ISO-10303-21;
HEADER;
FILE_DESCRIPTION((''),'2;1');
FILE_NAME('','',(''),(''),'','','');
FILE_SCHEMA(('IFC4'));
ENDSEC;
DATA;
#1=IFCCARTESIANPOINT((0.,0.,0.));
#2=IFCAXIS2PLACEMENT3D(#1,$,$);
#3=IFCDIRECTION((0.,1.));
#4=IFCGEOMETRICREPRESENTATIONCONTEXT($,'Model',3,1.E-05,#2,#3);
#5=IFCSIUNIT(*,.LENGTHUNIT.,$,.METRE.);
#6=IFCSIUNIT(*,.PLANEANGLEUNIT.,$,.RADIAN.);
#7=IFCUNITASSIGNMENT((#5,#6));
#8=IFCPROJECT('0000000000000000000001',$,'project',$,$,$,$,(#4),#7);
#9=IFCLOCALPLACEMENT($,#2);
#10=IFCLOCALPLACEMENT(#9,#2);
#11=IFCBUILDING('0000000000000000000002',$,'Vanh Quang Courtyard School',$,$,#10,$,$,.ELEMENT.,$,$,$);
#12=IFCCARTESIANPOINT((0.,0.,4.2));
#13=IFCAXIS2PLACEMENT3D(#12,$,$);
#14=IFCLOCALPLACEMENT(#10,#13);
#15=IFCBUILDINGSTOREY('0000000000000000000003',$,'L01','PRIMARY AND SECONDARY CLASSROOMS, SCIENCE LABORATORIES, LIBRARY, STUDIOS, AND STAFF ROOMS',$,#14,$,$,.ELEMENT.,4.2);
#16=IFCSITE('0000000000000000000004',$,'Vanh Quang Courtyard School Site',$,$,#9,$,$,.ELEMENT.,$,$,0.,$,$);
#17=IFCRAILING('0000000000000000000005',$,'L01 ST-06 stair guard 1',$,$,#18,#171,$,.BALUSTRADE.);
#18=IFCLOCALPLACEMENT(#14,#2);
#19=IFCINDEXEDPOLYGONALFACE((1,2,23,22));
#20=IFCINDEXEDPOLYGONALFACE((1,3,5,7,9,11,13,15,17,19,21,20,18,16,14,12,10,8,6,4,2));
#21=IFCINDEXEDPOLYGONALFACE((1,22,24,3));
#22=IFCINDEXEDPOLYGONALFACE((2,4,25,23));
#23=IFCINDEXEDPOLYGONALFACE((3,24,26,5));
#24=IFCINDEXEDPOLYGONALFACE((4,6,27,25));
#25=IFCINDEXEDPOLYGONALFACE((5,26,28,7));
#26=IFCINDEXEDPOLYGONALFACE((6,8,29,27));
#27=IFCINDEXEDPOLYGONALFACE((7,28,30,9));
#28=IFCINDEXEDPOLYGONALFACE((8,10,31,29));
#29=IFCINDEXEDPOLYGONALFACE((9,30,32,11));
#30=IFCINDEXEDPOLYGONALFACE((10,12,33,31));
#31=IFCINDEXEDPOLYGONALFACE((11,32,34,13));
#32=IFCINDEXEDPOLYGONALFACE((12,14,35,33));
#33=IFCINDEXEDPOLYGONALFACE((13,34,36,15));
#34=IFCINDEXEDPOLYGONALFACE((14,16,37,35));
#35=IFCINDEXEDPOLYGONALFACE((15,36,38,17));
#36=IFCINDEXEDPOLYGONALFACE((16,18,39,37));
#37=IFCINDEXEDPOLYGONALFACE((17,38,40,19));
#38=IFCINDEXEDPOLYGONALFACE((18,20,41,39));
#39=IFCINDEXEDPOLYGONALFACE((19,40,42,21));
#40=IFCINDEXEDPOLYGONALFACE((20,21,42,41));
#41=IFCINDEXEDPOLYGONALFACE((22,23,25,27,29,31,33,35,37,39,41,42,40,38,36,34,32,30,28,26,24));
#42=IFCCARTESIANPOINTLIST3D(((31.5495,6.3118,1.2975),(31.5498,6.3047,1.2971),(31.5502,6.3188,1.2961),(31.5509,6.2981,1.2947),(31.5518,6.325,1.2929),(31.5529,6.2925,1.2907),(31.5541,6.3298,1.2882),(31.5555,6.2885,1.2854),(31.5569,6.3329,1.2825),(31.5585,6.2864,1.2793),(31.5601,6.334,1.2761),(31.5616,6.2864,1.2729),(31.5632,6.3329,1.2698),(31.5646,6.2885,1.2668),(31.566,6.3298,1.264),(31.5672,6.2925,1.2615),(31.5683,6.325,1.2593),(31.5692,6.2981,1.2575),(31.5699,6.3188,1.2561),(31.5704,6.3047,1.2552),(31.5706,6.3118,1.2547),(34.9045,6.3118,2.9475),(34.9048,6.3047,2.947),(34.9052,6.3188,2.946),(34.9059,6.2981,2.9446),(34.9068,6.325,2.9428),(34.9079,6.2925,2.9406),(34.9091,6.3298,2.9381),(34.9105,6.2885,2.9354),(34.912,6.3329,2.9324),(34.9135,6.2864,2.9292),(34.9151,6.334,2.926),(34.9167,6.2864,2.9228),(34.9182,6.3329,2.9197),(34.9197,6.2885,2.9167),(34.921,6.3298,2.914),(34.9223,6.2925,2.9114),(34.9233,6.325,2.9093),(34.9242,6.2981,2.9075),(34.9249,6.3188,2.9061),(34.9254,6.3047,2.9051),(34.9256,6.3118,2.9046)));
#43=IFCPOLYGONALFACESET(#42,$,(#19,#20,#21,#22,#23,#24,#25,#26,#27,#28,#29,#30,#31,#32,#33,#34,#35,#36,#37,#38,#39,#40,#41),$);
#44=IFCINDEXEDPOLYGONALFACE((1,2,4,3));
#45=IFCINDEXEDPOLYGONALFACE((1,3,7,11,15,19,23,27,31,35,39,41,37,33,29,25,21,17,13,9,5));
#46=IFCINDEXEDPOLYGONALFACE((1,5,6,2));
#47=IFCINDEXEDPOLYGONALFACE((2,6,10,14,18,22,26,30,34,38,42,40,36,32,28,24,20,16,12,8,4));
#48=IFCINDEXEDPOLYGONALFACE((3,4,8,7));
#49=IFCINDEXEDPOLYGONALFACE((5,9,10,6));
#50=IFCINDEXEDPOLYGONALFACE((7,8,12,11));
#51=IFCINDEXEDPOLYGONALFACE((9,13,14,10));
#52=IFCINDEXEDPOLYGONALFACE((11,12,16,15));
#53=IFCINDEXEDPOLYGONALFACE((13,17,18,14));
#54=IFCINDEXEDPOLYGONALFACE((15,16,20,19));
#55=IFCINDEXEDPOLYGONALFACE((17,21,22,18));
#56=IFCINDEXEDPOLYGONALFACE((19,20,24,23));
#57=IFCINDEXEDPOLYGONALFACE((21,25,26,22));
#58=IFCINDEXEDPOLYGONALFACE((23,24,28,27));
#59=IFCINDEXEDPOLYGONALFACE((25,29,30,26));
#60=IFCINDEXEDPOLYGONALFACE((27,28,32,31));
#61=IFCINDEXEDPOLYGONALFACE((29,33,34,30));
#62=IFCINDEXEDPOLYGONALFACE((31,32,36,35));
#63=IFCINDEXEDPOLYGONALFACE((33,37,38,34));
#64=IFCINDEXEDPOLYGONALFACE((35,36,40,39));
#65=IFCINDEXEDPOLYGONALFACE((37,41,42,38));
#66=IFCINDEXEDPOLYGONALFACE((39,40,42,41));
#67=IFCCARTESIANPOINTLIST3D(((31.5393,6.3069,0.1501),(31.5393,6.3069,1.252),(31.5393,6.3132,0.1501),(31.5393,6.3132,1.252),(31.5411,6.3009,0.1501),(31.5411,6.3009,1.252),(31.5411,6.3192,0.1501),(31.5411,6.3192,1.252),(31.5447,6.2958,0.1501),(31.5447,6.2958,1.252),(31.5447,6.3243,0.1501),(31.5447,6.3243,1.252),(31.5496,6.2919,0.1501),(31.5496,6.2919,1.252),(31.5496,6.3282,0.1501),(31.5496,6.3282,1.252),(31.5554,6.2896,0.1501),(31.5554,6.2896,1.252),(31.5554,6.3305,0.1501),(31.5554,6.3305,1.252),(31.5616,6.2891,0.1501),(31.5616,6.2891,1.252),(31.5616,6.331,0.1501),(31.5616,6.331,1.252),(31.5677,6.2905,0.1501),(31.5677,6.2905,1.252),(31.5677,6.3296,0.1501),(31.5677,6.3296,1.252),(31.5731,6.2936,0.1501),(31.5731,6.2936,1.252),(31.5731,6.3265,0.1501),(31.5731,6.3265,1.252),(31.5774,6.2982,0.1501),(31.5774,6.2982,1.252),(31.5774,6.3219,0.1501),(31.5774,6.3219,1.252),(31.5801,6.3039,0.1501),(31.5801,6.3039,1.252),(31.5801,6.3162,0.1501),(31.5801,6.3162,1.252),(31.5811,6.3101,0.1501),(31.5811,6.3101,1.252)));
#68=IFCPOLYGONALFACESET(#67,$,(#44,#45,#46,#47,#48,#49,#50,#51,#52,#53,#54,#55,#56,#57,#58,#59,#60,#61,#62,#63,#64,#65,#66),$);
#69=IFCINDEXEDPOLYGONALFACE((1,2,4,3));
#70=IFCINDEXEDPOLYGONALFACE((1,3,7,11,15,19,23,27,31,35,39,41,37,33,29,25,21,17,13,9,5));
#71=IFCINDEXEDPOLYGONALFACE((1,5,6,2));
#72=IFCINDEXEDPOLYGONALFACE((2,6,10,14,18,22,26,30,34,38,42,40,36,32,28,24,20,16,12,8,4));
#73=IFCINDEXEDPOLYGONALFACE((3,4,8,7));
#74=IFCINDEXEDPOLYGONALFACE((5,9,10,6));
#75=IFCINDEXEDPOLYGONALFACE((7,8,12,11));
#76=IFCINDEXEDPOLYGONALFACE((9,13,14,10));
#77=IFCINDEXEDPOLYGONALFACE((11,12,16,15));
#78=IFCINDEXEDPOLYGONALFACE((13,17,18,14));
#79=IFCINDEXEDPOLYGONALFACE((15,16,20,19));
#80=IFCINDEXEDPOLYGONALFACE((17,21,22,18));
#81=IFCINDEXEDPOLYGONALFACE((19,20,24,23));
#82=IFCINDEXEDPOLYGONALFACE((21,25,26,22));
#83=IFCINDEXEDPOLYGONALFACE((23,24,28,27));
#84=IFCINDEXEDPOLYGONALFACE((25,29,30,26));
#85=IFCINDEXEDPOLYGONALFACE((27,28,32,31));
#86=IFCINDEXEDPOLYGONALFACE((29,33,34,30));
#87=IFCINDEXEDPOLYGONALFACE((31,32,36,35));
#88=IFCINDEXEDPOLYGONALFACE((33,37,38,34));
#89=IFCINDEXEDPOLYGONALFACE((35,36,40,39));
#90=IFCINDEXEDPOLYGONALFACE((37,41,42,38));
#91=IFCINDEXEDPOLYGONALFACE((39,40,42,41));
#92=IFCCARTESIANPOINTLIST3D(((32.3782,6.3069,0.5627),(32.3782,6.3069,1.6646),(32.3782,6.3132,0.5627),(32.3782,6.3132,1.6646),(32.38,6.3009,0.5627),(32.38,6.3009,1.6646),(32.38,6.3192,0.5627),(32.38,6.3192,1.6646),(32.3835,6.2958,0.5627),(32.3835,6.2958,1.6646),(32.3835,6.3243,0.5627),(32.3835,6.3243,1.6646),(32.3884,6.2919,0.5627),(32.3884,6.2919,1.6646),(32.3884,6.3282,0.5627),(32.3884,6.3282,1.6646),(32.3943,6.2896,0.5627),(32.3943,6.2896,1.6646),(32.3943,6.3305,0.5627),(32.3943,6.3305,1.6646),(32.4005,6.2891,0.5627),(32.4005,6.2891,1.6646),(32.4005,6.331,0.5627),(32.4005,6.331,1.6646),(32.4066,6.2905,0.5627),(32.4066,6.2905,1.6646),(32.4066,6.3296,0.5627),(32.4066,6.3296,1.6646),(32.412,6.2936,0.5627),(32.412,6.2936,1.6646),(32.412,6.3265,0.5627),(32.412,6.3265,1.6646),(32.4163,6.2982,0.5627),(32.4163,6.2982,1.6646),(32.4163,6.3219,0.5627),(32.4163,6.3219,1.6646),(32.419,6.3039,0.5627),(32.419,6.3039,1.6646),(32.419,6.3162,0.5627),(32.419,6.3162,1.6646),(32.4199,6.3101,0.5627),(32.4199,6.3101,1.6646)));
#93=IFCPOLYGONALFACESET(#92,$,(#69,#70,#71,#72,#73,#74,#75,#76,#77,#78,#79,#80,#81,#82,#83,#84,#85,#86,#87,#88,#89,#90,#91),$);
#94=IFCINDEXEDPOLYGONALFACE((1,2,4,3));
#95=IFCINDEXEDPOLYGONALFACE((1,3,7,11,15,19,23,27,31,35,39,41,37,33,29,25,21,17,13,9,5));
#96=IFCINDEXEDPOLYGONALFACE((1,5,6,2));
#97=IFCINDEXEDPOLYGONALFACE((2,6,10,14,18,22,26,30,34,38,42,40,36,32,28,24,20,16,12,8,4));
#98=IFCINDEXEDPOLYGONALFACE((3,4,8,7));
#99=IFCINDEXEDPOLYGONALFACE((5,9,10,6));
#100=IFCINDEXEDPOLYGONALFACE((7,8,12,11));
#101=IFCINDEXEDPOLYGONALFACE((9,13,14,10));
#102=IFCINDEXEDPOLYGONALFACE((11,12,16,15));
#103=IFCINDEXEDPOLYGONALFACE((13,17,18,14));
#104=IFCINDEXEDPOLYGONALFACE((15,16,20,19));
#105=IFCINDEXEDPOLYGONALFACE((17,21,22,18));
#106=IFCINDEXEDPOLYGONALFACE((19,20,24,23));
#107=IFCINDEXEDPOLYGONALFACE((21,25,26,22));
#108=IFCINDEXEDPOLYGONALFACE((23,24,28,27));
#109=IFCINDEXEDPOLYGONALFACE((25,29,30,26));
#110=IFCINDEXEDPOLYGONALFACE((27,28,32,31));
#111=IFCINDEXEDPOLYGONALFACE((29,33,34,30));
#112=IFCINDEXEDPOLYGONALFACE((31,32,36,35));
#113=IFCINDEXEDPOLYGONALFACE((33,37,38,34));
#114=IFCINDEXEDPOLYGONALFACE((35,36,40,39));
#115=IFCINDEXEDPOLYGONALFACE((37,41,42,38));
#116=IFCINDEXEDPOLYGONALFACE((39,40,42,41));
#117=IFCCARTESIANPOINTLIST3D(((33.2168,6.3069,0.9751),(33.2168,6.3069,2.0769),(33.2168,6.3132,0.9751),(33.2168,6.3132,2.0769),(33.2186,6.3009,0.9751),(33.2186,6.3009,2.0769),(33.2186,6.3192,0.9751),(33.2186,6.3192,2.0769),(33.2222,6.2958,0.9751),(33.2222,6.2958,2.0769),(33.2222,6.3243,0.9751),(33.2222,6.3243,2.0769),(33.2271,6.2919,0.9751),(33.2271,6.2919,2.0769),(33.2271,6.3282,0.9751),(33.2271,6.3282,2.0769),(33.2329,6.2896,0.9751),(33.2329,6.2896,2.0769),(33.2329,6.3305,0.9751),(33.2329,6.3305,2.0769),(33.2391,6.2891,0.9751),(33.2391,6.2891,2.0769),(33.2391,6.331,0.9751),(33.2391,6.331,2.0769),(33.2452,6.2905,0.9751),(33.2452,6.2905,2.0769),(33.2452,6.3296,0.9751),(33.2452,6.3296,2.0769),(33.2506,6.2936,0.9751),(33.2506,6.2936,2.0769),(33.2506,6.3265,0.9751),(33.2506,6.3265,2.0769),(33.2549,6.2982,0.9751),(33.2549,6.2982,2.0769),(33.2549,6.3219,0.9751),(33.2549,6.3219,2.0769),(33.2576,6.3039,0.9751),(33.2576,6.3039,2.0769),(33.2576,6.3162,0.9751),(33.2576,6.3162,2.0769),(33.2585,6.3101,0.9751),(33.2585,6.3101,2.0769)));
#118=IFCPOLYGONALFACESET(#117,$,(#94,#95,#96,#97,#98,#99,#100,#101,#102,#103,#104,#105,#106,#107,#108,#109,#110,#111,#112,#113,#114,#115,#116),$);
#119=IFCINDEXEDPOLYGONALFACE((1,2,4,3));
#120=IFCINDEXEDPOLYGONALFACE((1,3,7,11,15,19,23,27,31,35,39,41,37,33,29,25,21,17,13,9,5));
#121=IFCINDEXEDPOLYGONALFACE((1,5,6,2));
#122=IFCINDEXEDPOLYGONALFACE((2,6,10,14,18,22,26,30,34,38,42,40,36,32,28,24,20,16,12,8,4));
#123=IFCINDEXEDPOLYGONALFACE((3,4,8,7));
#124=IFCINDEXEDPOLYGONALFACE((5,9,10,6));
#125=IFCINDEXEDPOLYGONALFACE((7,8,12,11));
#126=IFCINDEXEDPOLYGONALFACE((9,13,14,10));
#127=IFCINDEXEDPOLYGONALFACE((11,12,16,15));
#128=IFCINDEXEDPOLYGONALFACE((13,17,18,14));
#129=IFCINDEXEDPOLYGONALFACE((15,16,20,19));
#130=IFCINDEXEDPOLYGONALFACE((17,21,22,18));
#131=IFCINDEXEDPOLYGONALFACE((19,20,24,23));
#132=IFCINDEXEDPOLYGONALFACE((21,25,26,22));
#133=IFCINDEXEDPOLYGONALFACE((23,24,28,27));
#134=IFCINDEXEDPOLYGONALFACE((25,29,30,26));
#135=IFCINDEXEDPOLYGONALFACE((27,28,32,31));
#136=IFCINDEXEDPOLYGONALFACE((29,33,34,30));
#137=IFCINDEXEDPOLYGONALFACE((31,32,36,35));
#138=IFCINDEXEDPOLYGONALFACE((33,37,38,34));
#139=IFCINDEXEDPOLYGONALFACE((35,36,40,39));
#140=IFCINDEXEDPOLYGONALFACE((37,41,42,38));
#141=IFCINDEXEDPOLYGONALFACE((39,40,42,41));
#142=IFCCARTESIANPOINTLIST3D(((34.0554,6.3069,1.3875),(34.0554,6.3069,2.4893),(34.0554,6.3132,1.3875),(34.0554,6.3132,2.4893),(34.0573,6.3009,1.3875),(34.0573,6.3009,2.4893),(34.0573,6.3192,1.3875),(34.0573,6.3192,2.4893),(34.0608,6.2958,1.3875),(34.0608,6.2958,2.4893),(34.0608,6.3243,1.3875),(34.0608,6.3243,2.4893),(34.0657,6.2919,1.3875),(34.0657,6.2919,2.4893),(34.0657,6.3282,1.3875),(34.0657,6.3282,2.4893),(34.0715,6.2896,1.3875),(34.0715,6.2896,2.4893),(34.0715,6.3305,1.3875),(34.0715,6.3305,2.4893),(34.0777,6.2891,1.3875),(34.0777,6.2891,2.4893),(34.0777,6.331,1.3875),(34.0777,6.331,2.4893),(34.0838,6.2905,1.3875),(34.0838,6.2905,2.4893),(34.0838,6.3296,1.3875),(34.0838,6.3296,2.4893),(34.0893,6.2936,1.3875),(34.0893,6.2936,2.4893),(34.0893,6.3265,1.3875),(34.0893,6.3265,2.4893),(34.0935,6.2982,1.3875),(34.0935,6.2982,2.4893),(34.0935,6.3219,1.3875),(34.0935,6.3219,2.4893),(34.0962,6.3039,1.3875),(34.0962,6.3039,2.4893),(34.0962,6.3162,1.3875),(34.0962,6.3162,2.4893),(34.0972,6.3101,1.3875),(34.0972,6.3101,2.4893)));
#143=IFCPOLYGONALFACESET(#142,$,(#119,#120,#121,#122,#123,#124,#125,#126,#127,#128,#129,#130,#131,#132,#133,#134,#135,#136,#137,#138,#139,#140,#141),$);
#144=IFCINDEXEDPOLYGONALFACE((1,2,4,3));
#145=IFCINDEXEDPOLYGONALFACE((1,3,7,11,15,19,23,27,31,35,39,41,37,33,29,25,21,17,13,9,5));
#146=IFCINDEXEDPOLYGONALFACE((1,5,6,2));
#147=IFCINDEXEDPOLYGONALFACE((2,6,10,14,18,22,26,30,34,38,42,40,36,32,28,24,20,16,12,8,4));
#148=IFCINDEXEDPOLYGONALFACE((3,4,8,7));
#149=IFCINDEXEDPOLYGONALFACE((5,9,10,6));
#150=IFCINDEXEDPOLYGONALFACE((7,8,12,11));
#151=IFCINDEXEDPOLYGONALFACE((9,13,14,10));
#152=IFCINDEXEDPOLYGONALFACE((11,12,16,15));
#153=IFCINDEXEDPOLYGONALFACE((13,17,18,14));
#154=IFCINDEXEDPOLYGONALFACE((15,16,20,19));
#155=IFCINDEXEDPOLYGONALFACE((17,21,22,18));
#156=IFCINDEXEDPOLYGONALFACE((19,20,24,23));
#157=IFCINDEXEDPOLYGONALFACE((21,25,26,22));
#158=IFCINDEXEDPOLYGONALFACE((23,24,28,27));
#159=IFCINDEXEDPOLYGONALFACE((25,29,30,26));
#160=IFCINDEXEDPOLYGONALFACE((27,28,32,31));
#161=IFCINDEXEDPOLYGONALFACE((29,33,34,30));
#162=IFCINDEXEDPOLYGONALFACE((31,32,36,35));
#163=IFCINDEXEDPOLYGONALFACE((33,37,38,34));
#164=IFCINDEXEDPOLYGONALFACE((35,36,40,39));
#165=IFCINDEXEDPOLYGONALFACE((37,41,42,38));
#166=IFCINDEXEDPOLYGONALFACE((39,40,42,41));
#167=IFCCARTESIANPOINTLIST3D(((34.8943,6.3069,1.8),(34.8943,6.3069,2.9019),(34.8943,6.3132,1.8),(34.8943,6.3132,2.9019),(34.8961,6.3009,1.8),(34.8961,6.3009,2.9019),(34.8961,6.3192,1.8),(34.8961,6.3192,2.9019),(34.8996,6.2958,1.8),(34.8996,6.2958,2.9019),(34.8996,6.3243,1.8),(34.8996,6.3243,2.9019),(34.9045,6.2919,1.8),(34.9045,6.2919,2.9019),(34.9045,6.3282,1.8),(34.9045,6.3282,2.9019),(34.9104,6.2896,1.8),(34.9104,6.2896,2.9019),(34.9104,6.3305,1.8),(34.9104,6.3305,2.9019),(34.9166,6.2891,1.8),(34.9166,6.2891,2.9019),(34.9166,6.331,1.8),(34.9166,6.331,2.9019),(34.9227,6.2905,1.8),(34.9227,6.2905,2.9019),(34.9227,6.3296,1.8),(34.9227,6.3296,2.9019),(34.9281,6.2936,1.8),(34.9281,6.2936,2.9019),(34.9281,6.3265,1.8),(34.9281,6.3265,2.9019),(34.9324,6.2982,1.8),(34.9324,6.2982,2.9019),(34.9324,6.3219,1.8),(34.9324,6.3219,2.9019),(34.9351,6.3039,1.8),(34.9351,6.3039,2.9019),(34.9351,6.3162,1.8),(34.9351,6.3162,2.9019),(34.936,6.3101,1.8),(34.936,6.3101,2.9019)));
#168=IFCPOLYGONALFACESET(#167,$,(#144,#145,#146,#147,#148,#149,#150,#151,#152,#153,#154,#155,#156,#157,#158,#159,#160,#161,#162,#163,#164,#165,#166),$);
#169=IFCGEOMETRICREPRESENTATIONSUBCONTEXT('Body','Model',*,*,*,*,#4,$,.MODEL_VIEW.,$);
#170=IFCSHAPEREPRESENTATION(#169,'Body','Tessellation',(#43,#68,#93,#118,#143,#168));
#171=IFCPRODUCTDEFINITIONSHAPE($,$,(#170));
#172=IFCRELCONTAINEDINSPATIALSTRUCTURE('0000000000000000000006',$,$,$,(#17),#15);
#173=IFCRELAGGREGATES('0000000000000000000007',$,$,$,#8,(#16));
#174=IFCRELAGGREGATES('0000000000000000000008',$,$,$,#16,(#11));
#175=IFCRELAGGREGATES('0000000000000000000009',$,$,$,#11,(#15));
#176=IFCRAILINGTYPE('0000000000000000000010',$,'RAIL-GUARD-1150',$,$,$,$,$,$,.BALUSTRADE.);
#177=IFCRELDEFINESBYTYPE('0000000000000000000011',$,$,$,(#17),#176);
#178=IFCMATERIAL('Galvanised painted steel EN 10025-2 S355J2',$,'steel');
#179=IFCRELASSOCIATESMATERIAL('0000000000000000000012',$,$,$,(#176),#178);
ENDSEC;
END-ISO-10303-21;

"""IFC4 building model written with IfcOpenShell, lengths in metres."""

from ifc_helpers import new_model, si_unit, direction, frame, origin, origin_2d, place, context, subcontext, project, spatial, circle, extrude, material, type_object, element, save


model = new_model("IFC4")

# Units and contexts
model_context = context("Model", 3, precision=1e-05, world=origin(), true_north=direction((0.0, 1.0)))
body_context = subcontext(model_context, "Body", "Model", "MODEL_VIEW")
ifc_project = project(units=[si_unit("LENGTHUNIT", "METRE"), si_unit("PLANEANGLEUNIT", "RADIAN")], contexts=[model_context])

# Site, building, storey
site_placement = place(None, origin())
site = spatial("IfcSite", under=ifc_project, at=site_placement, Name="Vanh Quang Courtyard School Site", CompositionType="ELEMENT", RefElevation=0.0)
building_placement = place(site_placement, origin())
building = spatial("IfcBuilding", under=site, at=building_placement, Name="Vanh Quang Courtyard School", CompositionType="ELEMENT")
storey_placement = place(building_placement, frame((0.0, 0.0, 4.2)))
storey = spatial("IfcBuildingStorey", under=building, at=storey_placement, Name="L01", Description="PRIMARY AND SECONDARY CLASSROOMS, SCIENCE LABORATORIES, LIBRARY, STUDIOS, AND STAFF ROOMS", CompositionType="ELEMENT", Elevation=4.2)

# Railing
ifc_material_1 = material(Name="Galvanised painted steel EN 10025-2 S355J2", Category="steel")
railing_type_1 = type_object("IfcRailingType", Name="RAIL-GUARD-1150", PredefinedType="BALUSTRADE", material=ifc_material_1)
railing_1_placement = place(storey_placement, frame((31.5601, 6.3101, 0.1501)))
element("IfcRailing", 1, at=railing_1_placement, inside=storey, type_object=railing_type_1, Name="L01 ST-06 stair guard 1", PredefinedType="BALUSTRADE", context=body_context, shape_type="SweptSolid", body=[
    extrude(circle(Radius=0.0239, at=origin_2d()), frame((0.0, 0.0, 1.126), z_axis=(0.897359, 0.0, 0.441301), x_axis=(0.0, 1.0, 0.0)), (0.0, 0.0, 1.0), 3.7388),
    extrude(circle(Radius=0.021, at=origin_2d()), origin(), (0.0, 0.0, 1.0), 1.1018),
    extrude(circle(Radius=0.021, at=origin_2d()), frame((0.8389, 0.0, 0.4126)), (0.0, 0.0, 1.0), 1.1018),
    extrude(circle(Radius=0.021, at=origin_2d()), frame((1.6775, 0.0, 0.825)), (0.0, 0.0, 1.0), 1.1018),
    extrude(circle(Radius=0.021, at=origin_2d()), frame((2.5161, 0.0, 1.2373)), (0.0, 0.0, 1.0), 1.1018),
    extrude(circle(Radius=0.021, at=origin_2d()), frame((3.355, 0.0, 1.6499)), (0.0, 0.0, 1.0), 1.1018),
])

save(model, "model.ifc")
